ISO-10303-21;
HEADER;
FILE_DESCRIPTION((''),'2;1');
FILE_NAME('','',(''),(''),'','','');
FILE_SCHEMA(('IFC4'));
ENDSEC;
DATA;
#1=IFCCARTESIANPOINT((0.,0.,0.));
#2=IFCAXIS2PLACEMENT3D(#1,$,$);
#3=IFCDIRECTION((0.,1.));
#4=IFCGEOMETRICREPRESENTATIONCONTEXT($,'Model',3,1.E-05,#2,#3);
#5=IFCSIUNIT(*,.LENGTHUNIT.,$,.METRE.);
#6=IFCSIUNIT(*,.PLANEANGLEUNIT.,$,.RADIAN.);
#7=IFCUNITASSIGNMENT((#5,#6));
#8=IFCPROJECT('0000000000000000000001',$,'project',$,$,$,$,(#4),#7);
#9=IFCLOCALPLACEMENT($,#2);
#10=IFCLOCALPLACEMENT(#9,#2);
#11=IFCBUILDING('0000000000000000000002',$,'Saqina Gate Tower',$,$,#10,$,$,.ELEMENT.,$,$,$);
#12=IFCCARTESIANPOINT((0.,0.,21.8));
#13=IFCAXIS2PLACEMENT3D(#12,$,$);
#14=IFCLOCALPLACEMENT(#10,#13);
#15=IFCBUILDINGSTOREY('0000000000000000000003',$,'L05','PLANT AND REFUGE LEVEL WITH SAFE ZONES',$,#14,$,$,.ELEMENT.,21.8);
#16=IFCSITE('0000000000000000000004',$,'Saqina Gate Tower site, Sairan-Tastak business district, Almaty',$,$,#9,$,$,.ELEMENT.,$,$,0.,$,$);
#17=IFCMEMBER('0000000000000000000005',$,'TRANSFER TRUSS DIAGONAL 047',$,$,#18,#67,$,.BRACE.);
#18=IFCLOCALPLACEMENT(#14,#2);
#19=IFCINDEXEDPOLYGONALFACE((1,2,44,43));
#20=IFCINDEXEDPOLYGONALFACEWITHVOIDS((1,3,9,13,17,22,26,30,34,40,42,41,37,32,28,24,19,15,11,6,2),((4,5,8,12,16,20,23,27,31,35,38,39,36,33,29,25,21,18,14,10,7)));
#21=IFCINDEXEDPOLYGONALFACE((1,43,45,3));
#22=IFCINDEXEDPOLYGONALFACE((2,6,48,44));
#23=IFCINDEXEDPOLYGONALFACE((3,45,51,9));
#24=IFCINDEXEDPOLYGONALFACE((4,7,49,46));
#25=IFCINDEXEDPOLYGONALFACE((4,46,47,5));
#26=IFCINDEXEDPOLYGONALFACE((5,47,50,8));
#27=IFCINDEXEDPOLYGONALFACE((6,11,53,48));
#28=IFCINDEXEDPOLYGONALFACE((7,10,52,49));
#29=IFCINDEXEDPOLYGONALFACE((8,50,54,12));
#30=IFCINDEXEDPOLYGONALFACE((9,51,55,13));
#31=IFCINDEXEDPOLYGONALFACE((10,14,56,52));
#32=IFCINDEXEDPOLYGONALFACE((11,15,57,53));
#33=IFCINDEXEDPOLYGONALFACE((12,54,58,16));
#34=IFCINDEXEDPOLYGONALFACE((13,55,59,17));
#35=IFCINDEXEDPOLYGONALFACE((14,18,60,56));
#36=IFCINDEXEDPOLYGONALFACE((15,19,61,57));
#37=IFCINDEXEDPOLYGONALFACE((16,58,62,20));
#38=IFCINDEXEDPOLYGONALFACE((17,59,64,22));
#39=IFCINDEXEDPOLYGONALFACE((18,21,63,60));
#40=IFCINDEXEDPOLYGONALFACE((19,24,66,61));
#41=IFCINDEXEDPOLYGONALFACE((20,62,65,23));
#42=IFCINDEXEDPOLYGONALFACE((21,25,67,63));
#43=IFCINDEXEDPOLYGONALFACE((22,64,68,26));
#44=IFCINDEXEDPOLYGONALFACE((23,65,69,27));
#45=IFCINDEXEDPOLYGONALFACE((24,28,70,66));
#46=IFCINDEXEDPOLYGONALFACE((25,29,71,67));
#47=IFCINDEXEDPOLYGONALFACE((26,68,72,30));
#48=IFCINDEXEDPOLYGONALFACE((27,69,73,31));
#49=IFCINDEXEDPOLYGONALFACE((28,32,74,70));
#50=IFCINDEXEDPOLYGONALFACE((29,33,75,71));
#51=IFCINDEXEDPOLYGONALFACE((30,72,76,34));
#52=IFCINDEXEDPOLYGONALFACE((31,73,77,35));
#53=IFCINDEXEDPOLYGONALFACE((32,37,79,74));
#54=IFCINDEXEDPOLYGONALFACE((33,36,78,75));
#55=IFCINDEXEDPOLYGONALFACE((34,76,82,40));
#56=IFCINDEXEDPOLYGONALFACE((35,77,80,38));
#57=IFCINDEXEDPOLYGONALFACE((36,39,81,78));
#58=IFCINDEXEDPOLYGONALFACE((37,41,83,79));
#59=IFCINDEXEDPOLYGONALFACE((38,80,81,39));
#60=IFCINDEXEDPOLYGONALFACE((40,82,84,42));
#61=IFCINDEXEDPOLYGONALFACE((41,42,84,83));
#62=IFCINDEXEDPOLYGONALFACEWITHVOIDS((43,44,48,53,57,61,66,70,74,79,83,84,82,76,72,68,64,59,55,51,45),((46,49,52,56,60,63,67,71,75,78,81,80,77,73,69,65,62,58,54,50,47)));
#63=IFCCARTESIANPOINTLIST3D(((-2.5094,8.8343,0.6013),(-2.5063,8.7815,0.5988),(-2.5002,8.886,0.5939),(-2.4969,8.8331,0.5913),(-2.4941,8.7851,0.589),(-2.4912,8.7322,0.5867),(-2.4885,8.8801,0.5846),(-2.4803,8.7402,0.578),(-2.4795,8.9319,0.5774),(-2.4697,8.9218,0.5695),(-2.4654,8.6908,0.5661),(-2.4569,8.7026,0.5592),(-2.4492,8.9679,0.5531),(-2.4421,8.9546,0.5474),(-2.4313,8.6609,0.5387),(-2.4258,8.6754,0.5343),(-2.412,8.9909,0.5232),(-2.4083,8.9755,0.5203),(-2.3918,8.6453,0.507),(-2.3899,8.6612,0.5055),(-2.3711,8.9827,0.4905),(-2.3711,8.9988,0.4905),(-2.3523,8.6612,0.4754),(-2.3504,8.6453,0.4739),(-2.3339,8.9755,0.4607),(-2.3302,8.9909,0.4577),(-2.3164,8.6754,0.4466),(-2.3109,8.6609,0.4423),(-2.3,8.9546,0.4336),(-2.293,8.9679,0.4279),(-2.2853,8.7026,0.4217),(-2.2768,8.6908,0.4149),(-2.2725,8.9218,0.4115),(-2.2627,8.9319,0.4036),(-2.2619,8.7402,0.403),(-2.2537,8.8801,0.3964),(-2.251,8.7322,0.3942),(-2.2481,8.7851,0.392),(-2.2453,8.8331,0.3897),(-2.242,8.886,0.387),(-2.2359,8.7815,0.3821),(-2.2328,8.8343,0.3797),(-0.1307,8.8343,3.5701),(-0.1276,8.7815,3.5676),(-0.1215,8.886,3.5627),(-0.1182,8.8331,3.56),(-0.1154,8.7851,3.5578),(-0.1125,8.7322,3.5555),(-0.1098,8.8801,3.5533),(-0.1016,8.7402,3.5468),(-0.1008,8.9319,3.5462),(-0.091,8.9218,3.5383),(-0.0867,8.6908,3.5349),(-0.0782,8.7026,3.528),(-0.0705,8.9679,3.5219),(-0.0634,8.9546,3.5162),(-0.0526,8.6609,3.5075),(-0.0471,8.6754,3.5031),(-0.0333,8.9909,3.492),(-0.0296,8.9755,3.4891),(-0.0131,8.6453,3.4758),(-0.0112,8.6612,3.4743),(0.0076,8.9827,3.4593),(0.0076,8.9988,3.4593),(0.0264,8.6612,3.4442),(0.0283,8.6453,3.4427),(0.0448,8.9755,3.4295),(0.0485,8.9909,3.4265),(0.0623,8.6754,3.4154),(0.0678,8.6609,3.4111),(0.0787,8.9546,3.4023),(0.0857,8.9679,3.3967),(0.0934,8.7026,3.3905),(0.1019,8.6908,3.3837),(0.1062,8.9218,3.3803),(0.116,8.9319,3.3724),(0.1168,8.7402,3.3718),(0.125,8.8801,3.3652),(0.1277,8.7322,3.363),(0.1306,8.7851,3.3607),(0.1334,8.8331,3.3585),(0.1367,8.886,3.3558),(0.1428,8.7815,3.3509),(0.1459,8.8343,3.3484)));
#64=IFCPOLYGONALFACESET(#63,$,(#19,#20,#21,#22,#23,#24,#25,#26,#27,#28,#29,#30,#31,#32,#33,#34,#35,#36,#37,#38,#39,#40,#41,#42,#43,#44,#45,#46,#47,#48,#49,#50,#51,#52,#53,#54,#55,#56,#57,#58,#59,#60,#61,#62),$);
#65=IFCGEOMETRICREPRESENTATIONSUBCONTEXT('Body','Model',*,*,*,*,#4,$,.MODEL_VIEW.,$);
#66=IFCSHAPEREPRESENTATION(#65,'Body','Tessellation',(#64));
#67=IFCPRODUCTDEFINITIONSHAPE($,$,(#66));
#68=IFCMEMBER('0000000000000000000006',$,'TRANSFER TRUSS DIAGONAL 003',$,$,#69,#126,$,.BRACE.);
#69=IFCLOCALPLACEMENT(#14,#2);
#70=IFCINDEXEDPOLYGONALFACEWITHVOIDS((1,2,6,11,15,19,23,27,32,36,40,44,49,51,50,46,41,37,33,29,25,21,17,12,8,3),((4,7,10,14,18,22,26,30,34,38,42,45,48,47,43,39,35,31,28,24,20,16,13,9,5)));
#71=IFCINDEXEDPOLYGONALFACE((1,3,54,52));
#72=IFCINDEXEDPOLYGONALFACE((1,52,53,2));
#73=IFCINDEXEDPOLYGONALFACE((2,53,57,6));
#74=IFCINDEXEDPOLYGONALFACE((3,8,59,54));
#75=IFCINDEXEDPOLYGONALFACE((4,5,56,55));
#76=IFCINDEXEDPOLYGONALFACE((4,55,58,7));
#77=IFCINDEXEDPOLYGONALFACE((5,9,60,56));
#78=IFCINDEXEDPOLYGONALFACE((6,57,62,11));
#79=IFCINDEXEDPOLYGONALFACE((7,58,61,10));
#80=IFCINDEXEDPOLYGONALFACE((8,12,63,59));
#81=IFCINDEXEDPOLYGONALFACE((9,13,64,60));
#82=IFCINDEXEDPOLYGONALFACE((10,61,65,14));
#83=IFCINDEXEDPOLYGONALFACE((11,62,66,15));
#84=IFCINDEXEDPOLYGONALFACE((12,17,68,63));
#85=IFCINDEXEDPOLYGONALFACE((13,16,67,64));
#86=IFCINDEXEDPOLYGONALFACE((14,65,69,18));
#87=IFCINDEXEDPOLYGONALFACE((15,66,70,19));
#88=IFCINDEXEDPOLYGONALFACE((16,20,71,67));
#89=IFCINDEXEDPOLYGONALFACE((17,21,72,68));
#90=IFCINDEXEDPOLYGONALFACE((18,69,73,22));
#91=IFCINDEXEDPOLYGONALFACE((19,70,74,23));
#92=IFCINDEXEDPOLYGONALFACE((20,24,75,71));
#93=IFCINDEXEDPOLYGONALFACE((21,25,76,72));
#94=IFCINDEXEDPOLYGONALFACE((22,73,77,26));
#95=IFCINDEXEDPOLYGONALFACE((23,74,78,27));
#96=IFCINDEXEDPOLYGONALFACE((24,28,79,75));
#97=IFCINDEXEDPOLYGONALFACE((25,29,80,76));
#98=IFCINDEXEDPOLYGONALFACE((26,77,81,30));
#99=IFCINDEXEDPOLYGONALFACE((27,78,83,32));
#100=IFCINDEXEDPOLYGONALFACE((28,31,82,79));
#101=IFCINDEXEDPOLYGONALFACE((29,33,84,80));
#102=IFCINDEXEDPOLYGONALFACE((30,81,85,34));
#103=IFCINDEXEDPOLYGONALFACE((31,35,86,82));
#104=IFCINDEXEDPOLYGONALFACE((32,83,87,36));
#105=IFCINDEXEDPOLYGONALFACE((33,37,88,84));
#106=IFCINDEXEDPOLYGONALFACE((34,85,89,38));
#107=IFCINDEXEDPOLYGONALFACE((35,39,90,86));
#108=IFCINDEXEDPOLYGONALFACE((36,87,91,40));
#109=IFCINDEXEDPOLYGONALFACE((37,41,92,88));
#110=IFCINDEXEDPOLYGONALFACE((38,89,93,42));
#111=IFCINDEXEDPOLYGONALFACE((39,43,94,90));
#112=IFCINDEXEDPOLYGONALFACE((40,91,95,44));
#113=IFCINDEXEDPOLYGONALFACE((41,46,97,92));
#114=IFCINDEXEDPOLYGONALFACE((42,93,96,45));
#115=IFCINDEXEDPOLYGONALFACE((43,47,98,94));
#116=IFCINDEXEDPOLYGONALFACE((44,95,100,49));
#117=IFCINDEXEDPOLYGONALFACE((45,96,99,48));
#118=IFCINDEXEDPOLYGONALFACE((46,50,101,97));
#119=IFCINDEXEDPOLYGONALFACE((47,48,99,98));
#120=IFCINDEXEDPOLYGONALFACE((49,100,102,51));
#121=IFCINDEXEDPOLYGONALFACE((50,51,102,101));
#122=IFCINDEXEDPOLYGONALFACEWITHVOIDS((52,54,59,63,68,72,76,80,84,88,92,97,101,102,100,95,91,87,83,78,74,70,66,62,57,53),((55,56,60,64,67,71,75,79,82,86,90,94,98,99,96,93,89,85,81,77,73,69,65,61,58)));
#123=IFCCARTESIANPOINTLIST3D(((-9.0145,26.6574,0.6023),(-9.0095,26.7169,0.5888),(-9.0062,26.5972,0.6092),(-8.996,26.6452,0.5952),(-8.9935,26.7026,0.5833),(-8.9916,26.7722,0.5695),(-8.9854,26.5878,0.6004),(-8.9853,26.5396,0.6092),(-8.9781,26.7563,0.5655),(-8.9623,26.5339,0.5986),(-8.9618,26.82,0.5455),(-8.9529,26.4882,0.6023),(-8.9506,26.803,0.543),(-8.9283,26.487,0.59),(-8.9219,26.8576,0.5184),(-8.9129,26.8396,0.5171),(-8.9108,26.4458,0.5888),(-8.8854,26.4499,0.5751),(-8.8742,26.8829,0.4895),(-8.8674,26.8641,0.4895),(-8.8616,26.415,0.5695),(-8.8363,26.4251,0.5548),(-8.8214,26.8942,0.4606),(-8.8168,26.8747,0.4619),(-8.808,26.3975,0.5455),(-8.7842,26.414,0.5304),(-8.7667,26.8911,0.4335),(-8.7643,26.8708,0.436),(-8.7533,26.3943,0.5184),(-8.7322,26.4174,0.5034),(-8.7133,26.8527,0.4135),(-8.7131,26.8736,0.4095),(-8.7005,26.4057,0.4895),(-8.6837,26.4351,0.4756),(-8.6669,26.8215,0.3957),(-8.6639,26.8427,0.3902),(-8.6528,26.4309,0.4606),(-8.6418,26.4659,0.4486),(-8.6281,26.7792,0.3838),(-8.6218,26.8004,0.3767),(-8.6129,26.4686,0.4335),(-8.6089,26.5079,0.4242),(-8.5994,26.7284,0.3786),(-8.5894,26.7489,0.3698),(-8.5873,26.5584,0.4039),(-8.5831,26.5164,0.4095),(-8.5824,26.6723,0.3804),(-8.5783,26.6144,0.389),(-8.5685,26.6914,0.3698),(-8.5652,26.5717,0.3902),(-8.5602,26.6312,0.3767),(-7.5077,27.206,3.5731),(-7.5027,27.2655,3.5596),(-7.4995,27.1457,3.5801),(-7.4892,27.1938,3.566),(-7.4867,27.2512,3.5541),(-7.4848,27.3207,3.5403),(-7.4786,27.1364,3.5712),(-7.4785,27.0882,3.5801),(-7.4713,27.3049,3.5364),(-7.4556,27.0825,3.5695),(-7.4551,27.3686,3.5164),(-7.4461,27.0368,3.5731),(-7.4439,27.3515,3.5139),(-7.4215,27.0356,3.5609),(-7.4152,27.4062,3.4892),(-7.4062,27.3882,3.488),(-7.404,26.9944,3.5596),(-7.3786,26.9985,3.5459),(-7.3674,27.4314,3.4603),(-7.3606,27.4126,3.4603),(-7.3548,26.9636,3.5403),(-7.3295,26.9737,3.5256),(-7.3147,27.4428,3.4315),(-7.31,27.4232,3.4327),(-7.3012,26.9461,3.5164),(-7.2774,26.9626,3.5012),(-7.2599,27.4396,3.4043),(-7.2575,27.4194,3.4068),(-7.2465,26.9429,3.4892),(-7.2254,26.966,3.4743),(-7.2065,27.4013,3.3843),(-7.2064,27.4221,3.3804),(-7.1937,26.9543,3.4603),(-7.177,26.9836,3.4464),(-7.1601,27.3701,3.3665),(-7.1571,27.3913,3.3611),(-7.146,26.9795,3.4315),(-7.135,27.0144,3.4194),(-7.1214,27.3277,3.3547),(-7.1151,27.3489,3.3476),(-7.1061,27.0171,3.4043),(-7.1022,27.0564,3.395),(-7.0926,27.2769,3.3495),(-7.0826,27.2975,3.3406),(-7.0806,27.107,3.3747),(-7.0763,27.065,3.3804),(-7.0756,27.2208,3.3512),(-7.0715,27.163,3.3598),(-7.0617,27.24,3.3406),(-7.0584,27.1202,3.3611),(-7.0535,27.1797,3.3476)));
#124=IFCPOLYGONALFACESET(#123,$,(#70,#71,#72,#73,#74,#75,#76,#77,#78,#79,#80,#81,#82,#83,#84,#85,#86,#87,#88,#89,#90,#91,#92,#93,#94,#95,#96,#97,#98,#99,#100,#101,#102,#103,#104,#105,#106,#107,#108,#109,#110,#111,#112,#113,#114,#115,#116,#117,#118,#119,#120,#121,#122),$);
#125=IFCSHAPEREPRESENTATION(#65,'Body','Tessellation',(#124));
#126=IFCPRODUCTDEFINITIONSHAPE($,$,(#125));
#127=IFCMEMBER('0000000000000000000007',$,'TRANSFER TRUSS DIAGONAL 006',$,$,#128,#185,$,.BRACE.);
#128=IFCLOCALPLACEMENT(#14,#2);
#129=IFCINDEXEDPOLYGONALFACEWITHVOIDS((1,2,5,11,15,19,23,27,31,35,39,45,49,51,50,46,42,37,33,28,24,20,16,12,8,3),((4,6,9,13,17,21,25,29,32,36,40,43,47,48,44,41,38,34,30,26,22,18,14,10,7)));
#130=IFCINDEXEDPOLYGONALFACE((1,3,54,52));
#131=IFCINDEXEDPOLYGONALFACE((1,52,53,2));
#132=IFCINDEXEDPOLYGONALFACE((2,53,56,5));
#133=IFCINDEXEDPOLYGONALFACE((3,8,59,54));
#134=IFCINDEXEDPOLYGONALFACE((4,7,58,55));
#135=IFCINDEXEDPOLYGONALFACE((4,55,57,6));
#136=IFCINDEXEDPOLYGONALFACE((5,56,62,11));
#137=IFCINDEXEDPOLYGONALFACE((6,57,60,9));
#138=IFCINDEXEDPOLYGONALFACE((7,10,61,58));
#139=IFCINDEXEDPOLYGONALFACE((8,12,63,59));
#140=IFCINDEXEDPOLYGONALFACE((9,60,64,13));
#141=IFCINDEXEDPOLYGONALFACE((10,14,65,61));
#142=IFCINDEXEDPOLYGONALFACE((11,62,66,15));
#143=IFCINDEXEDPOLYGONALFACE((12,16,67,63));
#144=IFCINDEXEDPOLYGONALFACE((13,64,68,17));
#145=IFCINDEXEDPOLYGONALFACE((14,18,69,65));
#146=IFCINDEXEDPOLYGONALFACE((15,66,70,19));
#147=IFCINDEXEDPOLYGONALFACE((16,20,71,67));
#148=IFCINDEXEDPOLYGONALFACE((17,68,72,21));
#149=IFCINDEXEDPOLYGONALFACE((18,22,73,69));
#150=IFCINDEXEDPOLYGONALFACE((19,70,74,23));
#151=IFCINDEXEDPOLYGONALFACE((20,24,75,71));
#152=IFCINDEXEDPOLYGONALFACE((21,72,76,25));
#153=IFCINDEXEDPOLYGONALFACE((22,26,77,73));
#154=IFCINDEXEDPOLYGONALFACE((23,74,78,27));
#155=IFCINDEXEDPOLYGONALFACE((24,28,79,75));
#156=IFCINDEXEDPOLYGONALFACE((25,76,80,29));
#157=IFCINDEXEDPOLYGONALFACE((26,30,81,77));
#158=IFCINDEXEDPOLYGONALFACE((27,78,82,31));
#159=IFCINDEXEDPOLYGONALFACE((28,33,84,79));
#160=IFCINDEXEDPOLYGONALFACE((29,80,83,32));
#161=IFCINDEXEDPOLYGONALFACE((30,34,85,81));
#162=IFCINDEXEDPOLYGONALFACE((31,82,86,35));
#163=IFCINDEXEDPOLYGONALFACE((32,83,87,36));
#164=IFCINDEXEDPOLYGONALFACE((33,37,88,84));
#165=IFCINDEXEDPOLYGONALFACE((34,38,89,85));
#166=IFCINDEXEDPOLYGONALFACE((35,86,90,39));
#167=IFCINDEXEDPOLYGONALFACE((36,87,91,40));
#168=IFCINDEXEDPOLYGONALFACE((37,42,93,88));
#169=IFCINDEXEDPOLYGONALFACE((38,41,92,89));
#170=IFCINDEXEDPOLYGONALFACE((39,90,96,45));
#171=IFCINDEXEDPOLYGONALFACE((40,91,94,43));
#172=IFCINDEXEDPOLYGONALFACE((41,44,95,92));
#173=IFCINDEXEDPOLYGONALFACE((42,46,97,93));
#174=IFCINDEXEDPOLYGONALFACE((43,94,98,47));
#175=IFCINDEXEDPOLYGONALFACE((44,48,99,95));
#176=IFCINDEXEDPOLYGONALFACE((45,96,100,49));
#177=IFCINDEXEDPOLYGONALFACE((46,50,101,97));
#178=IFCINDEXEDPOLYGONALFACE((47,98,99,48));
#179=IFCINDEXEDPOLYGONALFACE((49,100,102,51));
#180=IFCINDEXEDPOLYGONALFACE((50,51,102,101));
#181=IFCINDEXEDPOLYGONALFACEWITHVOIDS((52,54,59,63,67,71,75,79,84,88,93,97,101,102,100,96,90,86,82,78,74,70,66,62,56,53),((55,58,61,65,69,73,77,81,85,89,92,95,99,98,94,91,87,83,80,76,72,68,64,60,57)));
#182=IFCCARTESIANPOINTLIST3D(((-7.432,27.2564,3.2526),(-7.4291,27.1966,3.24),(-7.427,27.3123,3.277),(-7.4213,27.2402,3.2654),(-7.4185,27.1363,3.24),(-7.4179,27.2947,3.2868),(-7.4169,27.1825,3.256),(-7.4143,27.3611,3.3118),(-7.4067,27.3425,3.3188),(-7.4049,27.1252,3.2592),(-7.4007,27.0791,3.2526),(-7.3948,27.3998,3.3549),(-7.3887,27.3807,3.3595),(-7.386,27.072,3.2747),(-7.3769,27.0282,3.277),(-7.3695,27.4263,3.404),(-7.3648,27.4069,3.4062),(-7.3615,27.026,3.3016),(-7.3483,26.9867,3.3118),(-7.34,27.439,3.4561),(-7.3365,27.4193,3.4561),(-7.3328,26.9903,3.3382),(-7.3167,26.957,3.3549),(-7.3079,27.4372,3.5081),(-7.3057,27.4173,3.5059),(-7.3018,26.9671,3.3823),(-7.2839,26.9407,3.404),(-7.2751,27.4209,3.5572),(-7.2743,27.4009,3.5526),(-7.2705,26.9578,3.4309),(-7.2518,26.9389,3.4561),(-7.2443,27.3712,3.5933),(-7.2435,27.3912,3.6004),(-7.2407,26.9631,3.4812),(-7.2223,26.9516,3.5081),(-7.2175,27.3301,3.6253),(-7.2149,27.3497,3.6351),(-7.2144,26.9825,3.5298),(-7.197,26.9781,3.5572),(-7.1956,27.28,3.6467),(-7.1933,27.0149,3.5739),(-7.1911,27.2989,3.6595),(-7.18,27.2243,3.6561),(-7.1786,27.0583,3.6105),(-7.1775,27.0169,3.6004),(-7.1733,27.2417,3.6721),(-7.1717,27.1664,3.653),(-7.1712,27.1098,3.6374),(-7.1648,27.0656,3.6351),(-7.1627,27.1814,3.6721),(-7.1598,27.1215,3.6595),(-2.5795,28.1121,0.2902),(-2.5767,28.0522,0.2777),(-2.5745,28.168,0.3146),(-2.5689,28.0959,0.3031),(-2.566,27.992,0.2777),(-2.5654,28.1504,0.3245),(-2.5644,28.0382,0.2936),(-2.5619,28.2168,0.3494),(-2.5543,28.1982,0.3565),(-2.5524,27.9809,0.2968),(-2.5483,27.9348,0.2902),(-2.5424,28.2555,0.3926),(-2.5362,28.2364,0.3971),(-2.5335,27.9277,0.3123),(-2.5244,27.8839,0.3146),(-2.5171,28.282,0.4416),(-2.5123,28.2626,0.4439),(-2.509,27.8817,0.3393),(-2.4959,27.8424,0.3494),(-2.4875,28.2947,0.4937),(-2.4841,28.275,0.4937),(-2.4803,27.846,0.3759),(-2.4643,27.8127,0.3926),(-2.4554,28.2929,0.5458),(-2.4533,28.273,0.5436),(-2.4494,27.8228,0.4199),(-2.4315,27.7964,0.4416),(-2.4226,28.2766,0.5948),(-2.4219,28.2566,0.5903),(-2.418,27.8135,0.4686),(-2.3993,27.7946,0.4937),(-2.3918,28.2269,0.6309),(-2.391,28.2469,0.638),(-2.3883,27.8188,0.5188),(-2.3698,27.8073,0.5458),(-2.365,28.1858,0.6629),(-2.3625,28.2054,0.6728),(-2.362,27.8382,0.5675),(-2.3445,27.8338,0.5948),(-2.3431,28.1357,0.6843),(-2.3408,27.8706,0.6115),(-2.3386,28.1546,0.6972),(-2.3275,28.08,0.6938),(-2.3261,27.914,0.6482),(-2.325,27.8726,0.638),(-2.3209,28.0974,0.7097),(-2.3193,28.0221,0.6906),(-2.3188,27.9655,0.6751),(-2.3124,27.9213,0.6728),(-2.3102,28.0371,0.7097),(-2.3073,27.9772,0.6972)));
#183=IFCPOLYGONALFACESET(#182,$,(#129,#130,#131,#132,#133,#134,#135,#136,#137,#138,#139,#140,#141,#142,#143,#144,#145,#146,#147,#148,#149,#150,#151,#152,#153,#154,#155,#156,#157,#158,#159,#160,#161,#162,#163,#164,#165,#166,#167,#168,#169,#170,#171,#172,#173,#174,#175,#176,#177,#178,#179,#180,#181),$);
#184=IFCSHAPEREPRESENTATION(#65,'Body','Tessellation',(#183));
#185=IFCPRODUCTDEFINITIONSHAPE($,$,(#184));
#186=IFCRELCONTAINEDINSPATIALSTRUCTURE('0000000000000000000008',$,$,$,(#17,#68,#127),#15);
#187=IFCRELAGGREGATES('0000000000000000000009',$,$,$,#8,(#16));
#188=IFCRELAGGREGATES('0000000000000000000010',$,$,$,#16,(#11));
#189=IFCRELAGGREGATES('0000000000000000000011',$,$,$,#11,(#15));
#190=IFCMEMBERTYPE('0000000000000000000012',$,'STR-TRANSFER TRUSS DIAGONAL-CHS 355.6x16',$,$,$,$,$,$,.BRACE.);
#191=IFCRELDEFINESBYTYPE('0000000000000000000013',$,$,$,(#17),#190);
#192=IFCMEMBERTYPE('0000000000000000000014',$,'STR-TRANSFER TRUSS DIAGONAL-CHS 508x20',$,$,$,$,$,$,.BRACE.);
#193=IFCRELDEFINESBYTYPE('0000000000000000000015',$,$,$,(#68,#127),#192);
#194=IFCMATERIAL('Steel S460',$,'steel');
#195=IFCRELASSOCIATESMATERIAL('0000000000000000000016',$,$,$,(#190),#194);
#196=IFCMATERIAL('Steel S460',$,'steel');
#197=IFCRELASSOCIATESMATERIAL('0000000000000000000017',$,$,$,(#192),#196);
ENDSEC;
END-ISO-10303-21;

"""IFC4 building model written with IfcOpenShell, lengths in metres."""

from ifc_helpers import new_model, si_unit, direction, frame, origin, origin_2d, place, context, subcontext, project, spatial, hollow_circle, extrude, material, material_profile, profile_set, type_object, element, save


model = new_model("IFC4")

# Units and contexts
model_context = context("Model", 3, precision=1e-05, world=origin(), true_north=direction((0.0, 1.0)))
body_context = subcontext(model_context, "Body", "Model", "MODEL_VIEW")
ifc_project = project(units=[si_unit("LENGTHUNIT", "METRE"), si_unit("PLANEANGLEUNIT", "RADIAN")], contexts=[model_context])

# Site, building, storey
site_placement = place(None, origin())
site = spatial("IfcSite", under=ifc_project, at=site_placement, Name="Saqina Gate Tower site, Sairan-Tastak business district, Almaty", CompositionType="ELEMENT", RefElevation=0.0)
building_placement = place(site_placement, origin())
building = spatial("IfcBuilding", under=site, at=building_placement, Name="Saqina Gate Tower", CompositionType="ELEMENT")
storey_placement = place(building_placement, frame((0.0, 0.0, 21.8)))
storey = spatial("IfcBuildingStorey", under=building, at=storey_placement, Name="L05", Description="PLANT AND REFUGE LEVEL WITH SAFE ZONES", CompositionType="ELEMENT", Elevation=21.8)

# Members
ifc_material_1 = material(Name="Steel S460", Category="steel")
ifc_material_profile_1 = material_profile(ifc_material_1, hollow_circle(Radius=0.1777, WallThickness=0.0161, at=origin_2d()), Name="CHS 355.6x16")
ifc_profile_set_1 = profile_set([ifc_material_profile_1], Name="Steel S460")
member_type_1 = type_object("IfcMemberType", Name="STR-TRANSFER TRUSS DIAGONAL-CHS 355.6x16", PredefinedType="BRACE", material=ifc_profile_set_1)
member_1_placement = place(storey_placement, frame((-2.3711, 8.821, 0.4905), z_axis=(0.625282, 0.0, 0.780399), x_axis=(0.0, 1.0, 0.0)))
element("IfcMember", 1, at=member_1_placement, inside=storey, type_object=member_type_1, Name="TRANSFER TRUSS DIAGONAL 047", PredefinedType="BRACE", context=body_context, shape_type="SweptSolid", body=[
    extrude(hollow_circle(Radius=0.1777, WallThickness=0.0161, at=origin_2d()), origin(), (0.0, 0.0, 1.0), 3.8042),
])
ifc_material_2 = material(Name="Steel S460", Category="steel")
ifc_material_profile_2 = material_profile(ifc_material_2, hollow_circle(Radius=0.2539, WallThickness=0.02, at=origin_2d()), Name="CHS 508x20")
ifc_profile_set_2 = profile_set([ifc_material_profile_2], Name="Steel S460")
member_type_2 = type_object("IfcMemberType", Name="STR-TRANSFER TRUSS DIAGONAL-CHS 508x20", PredefinedType="BRACE", material=ifc_profile_set_2)
member_2_placement = place(storey_placement, frame((-8.7874, 26.6443, 0.4895), z_axis=(0.446325, 0.162491, 0.879995), x_axis=(-0.342098, 0.939664, 0.0)))
element("IfcMember", 2, at=member_2_placement, inside=storey, type_object=member_type_2, Name="TRANSFER TRUSS DIAGONAL 003", PredefinedType="BRACE", context=body_context, shape_type="SweptSolid", body=[
    extrude(hollow_circle(Radius=0.2539, WallThickness=0.02, at=origin_2d()), origin(), (0.0, 0.0, 1.0), 3.376),
])
member_3_placement = place(storey_placement, frame((-7.2959, 27.189, 3.4561), z_axis=(0.844013, 0.148836, -0.515257), x_axis=(-0.173664, 0.984805, 0.0)))
element("IfcMember", 3, at=member_3_placement, inside=storey, type_object=member_type_2, Name="TRANSFER TRUSS DIAGONAL 006", PredefinedType="BRACE", context=body_context, shape_type="SweptSolid", body=[
    extrude(hollow_circle(Radius=0.2539, WallThickness=0.02, at=origin_2d()), origin(), (0.0, 0.0, 1.0), 5.7493),
])

save(model, "model.ifc")
